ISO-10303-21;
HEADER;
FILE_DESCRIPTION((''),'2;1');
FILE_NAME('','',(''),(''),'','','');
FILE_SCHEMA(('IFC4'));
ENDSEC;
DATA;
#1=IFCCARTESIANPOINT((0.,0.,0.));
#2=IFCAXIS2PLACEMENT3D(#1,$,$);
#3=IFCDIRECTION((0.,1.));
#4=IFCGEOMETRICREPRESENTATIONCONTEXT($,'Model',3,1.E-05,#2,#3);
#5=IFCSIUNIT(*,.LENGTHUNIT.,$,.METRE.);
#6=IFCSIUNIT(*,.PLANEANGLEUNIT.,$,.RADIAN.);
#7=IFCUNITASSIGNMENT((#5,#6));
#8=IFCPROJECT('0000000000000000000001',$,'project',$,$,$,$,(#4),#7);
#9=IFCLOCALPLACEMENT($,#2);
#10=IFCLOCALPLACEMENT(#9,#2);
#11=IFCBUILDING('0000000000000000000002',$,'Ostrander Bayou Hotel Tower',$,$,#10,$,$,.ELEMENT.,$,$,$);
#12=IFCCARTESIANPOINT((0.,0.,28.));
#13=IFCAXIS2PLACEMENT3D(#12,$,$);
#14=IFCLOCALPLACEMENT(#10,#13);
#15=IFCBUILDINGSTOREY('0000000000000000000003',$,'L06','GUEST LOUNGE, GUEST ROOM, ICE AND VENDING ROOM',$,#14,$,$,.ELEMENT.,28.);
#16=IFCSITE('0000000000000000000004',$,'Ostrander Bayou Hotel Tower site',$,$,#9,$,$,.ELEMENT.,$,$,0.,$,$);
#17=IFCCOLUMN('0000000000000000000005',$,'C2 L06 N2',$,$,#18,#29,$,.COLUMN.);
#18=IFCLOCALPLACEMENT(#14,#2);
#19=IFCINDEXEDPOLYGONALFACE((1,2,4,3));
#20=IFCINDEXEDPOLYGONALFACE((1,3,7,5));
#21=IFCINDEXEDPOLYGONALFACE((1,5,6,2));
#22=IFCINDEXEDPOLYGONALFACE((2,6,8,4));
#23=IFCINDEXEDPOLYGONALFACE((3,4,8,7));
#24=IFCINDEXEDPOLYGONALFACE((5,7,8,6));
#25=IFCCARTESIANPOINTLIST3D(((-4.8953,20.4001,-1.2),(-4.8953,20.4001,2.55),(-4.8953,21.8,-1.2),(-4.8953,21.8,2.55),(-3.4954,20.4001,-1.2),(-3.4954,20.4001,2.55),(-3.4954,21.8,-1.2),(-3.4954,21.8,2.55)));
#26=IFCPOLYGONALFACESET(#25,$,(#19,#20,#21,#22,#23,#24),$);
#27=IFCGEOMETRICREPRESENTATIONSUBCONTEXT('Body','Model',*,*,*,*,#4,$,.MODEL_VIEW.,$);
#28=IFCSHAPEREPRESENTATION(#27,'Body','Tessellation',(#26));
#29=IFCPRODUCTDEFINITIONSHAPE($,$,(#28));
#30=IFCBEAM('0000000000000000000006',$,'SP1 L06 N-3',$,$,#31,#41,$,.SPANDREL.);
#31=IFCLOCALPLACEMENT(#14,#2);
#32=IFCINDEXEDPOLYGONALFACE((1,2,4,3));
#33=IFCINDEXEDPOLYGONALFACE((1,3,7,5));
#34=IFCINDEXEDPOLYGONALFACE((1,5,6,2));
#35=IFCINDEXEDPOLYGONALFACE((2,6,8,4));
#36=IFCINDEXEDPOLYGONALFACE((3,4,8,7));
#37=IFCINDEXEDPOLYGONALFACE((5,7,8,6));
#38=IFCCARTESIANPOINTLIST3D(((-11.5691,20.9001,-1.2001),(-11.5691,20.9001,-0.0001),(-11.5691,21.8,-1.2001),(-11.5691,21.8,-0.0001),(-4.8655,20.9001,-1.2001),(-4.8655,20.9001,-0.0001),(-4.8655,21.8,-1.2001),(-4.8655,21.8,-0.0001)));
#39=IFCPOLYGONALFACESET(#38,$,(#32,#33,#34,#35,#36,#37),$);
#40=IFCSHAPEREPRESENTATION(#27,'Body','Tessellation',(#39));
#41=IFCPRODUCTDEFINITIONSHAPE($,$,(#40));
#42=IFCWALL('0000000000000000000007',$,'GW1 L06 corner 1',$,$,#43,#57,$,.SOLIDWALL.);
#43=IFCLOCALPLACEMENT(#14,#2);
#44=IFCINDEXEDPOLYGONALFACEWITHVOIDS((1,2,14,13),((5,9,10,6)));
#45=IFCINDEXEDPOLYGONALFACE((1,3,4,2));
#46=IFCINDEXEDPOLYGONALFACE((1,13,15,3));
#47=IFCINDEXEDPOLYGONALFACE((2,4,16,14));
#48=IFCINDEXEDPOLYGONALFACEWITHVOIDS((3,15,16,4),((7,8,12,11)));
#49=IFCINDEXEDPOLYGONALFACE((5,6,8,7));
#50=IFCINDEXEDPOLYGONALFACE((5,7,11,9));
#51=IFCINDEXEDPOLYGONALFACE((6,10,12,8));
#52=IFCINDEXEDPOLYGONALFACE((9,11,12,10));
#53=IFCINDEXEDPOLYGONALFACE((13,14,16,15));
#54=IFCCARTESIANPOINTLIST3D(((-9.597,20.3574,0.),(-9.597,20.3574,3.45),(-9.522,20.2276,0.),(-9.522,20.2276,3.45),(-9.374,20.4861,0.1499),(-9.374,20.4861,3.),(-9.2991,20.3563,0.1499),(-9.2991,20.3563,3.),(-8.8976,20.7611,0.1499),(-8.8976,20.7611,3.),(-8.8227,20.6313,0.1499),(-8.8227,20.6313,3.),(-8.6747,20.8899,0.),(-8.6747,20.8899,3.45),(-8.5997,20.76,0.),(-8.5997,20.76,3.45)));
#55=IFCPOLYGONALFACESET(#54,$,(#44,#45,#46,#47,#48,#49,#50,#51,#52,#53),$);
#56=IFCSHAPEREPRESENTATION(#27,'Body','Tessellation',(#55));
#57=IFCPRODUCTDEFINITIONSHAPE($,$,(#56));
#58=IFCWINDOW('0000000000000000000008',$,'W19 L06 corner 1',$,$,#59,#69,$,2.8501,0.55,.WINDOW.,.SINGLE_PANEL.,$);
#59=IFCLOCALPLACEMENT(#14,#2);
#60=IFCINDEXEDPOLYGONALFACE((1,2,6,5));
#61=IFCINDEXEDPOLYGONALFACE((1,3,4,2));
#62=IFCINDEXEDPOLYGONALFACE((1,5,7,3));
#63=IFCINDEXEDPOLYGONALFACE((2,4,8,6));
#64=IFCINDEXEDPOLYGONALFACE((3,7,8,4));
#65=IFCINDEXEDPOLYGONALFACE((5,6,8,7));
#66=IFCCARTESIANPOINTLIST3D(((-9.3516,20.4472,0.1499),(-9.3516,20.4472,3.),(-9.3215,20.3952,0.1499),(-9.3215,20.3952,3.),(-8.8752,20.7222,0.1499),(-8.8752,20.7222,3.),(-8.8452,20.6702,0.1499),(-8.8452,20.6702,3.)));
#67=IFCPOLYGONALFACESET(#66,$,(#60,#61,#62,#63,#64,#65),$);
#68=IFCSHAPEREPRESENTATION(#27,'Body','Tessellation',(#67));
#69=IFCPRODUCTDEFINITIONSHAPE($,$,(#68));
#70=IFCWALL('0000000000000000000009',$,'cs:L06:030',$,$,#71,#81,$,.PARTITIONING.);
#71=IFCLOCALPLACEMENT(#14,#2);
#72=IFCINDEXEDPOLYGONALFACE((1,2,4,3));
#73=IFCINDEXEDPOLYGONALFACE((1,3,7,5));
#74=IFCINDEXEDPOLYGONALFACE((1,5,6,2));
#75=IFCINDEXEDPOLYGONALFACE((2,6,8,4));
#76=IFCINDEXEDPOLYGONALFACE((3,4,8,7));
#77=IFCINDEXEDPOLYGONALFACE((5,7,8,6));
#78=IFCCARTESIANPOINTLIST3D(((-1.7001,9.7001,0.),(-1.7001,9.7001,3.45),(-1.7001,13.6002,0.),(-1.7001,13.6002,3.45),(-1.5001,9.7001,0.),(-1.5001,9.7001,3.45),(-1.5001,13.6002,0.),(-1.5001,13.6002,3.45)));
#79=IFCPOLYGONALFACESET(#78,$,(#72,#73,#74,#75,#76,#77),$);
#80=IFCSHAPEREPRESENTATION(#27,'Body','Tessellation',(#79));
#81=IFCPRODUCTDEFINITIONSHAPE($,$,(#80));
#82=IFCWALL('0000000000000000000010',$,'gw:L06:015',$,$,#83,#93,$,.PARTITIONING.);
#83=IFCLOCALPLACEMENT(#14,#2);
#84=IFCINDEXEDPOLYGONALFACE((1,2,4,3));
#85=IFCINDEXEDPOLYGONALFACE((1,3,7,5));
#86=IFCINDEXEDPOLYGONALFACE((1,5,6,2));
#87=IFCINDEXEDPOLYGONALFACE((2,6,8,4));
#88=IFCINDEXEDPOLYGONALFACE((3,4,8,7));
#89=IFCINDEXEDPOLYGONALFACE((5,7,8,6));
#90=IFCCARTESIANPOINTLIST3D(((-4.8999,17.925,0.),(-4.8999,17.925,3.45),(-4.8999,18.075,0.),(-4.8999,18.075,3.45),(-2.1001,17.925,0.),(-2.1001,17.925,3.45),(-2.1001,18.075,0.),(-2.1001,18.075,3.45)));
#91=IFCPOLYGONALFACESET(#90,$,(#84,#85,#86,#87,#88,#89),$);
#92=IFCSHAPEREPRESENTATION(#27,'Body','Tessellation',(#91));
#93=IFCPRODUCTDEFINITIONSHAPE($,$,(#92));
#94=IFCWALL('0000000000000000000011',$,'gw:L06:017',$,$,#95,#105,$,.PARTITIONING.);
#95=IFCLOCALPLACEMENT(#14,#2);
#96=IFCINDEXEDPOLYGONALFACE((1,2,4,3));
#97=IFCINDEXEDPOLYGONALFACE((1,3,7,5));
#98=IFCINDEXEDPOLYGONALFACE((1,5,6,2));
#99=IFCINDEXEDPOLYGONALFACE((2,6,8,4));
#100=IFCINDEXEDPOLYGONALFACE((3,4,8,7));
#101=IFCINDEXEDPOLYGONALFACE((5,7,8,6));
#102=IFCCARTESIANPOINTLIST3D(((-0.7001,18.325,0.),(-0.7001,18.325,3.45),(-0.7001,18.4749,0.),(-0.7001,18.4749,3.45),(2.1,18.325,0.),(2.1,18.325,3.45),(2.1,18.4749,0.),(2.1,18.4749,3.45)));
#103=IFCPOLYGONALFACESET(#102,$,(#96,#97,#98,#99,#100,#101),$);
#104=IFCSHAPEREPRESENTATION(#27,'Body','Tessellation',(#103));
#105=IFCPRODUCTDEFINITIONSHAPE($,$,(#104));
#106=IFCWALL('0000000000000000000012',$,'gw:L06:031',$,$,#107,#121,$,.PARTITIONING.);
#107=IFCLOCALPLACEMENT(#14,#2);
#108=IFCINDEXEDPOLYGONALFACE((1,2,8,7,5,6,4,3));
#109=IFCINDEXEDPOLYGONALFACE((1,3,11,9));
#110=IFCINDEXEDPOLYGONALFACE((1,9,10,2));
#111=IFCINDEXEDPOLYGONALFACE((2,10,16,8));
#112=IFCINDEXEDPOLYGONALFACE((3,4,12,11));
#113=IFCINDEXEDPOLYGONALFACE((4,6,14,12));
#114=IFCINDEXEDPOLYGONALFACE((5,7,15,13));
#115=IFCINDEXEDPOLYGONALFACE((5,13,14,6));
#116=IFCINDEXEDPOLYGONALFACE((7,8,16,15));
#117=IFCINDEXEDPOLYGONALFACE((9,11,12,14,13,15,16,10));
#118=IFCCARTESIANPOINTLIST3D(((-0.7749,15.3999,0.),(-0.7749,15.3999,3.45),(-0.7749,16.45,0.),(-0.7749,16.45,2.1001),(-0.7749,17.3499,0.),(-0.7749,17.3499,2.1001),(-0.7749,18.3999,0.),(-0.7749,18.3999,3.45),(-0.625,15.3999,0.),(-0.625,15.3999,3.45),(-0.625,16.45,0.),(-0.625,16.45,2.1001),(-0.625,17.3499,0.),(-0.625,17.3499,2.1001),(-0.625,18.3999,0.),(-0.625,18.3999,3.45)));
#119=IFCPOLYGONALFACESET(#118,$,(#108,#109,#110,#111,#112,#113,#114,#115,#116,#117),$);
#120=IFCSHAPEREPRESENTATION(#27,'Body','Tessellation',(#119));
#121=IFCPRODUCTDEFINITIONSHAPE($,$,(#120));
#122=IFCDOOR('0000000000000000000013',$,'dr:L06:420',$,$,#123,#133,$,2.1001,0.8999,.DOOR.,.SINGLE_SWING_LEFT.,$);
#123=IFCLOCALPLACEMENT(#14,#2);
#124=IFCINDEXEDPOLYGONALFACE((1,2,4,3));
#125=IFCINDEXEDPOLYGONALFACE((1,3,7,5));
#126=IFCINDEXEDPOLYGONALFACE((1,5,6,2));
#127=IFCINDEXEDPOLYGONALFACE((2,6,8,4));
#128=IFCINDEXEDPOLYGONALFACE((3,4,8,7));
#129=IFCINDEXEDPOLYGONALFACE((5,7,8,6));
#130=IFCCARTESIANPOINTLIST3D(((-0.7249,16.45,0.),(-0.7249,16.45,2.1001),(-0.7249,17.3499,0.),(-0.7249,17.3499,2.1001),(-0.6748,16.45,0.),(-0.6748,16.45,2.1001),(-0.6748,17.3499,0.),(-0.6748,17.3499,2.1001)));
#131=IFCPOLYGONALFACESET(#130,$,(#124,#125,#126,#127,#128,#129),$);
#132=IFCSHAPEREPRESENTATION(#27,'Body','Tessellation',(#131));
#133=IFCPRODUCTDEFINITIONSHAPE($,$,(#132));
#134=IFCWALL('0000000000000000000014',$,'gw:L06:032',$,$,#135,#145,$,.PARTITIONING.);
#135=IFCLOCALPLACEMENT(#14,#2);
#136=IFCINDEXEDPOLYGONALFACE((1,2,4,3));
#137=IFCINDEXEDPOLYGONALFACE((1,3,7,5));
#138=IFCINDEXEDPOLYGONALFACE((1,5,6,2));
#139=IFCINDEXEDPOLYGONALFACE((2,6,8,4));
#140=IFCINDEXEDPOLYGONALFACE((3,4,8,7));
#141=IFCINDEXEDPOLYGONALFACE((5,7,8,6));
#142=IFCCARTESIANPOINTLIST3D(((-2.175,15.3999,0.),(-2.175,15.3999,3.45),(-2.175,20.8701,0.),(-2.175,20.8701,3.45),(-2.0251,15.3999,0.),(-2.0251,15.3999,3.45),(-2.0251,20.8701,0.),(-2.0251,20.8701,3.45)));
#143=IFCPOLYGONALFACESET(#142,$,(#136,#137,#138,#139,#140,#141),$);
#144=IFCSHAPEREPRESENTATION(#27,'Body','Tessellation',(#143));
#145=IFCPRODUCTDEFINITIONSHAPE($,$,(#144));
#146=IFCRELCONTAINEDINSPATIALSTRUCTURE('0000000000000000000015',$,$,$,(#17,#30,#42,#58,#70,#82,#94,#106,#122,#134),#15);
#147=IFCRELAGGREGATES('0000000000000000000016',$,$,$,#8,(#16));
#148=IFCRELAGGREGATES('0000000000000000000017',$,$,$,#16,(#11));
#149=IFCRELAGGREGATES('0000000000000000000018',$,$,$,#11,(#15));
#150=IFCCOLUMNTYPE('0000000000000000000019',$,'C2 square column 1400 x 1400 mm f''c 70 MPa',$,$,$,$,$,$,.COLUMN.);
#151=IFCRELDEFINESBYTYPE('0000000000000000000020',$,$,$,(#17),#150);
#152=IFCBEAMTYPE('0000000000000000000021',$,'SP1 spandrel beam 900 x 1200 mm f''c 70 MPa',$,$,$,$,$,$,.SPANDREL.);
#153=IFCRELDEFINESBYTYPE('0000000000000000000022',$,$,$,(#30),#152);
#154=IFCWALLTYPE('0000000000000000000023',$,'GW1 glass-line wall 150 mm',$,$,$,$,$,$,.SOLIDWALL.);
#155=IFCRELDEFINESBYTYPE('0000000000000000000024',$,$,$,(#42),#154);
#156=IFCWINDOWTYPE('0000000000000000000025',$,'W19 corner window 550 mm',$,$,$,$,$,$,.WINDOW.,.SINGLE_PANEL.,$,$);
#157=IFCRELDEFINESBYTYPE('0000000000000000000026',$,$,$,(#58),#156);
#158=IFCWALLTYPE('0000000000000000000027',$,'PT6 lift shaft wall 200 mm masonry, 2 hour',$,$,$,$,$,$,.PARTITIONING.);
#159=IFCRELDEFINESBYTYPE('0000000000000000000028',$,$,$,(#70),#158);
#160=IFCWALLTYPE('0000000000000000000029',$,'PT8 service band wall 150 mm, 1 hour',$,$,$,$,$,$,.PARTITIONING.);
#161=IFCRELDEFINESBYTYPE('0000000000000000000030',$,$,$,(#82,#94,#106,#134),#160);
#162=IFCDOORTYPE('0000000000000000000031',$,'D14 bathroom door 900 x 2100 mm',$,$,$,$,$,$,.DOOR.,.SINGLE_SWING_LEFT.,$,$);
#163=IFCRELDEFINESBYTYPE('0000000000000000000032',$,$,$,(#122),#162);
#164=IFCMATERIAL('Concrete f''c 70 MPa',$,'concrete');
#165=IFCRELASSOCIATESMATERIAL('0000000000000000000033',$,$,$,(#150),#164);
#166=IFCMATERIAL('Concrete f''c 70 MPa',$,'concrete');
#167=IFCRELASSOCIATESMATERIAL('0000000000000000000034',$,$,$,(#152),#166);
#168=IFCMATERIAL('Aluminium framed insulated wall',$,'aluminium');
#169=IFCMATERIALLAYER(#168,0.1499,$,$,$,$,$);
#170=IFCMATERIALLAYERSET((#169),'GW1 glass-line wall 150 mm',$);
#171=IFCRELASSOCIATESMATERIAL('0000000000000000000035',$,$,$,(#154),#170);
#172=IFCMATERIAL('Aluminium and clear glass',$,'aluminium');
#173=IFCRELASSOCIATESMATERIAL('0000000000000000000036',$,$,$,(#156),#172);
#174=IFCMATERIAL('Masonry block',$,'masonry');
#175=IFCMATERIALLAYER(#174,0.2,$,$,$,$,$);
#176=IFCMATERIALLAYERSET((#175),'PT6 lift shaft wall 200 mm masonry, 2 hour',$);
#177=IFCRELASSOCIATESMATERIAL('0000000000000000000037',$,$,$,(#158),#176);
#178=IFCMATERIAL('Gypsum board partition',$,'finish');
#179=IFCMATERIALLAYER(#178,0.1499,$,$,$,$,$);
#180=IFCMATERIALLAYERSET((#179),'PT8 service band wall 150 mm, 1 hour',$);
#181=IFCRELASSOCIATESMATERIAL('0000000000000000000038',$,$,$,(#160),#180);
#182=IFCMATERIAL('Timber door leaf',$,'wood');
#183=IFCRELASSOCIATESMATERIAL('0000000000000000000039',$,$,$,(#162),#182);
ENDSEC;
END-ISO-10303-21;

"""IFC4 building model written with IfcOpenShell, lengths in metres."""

from ifc_helpers import new_model, si_unit, direction, frame, frame_2d, origin, origin_2d, place, context, subcontext, project, spatial, rectangle, extrude, material, layer, layer_set, material_profile, profile_set, type_object, element, fill, save


model = new_model("IFC4")

# Units and contexts
model_context = context("Model", 3, precision=1e-05, world=origin(), true_north=direction((0.0, 1.0)))
body_context = subcontext(model_context, "Body", "Model", "MODEL_VIEW")
ifc_project = project(units=[si_unit("LENGTHUNIT", "METRE"), si_unit("PLANEANGLEUNIT", "RADIAN")], contexts=[model_context])

# Site, building, storey
site_placement = place(None, origin())
site = spatial("IfcSite", under=ifc_project, at=site_placement, Name="Ostrander Bayou Hotel Tower site", CompositionType="ELEMENT", RefElevation=0.0)
building_placement = place(site_placement, origin())
building = spatial("IfcBuilding", under=site, at=building_placement, Name="Ostrander Bayou Hotel Tower", CompositionType="ELEMENT")
storey_placement = place(building_placement, frame((0.0, 0.0, 28.0)))
storey = spatial("IfcBuildingStorey", under=building, at=storey_placement, Name="L06", Description="GUEST LOUNGE, GUEST ROOM, ICE AND VENDING ROOM", CompositionType="ELEMENT", Elevation=28.0)

# Column
ifc_material_1 = material(Name="Concrete f'c 70 MPa", Category="concrete")
ifc_material_profile_1 = material_profile(ifc_material_1, rectangle(XDim=1.3999, YDim=1.3999, at=origin_2d()))
ifc_profile_set_1 = profile_set([ifc_material_profile_1], Name="Concrete f'c 70 MPa")
column_type = type_object("IfcColumnType", Name="C2 square column 1400 x 1400 mm f'c 70 MPa", PredefinedType="COLUMN", material=ifc_profile_set_1)
column_placement = place(storey_placement, frame((-4.1953, 21.1001, -1.2), z_axis=(0.0, 0.0, 1.0), x_axis=(1.0, 0.0, 0.0)))
element("IfcColumn", 1, at=column_placement, inside=storey, type_object=column_type, Name="C2 L06 N2", PredefinedType="COLUMN", context=body_context, shape_type="SweptSolid", body=[
    extrude(rectangle(XDim=1.3999, YDim=1.3999, at=origin_2d()), origin(), (0.0, 0.0, 1.0), 3.75),
])

# Beam
ifc_material_2 = material(Name="Concrete f'c 70 MPa", Category="concrete")
ifc_material_profile_2 = material_profile(ifc_material_2, rectangle(XDim=0.8999, YDim=1.2, at=origin_2d()))
ifc_profile_set_2 = profile_set([ifc_material_profile_2], Name="Concrete f'c 70 MPa")
beam_type = type_object("IfcBeamType", Name="SP1 spandrel beam 900 x 1200 mm f'c 70 MPa", PredefinedType="SPANDREL", material=ifc_profile_set_2)
beam_placement = place(storey_placement, frame((-4.8655, 21.3501, -0.6001), z_axis=(-1.0, 0.0, 0.0), x_axis=(0.0, -1.0, 0.0)))
element("IfcBeam", 2, at=beam_placement, inside=storey, type_object=beam_type, Name="SP1 L06 N-3", PredefinedType="SPANDREL", context=body_context, shape_type="SweptSolid", body=[
    extrude(rectangle(XDim=0.8999, YDim=1.2, at=origin_2d()), origin(), (0.0, 0.0, 1.0), 6.7036),
])

# Wall, opening, window
ifc_material_3 = material(Name="Aluminium framed insulated wall", Category="aluminium")
ifc_layer_1 = layer(ifc_material_3, 0.1499)
ifc_layer_set_1 = layer_set([ifc_layer_1], Name="GW1 glass-line wall 150 mm")
wall_type_1 = type_object("IfcWallType", Name="GW1 glass-line wall 150 mm", PredefinedType="SOLIDWALL", material=ifc_layer_set_1)
wall_1_placement = place(storey_placement, frame((-8.6372, 20.825, 0.0), z_axis=(0.0, 0.0, 1.0), x_axis=(-0.866048, -0.499961, 0.0)))
wall_1 = element("IfcWall", 3, at=wall_1_placement, inside=storey, type_object=wall_type_1, Name="GW1 L06 corner 1", PredefinedType="SOLIDWALL", context=body_context, shape_type="SweptSolid", body=[
    extrude(rectangle(XDim=1.0649, YDim=0.1499, at=frame_2d((0.5325, 0.0))), origin(), (0.0, 0.0, 1.0), 3.45),
])
opening_1_placement = place(wall_1_placement, frame((0.2576, 0.0, 0.1499)))
opening_1 = element("IfcOpeningElement", 4, at=opening_1_placement, cuts=wall_1, PredefinedType="OPENING", context=body_context, shape_type="SweptSolid", body=[
    extrude(rectangle(XDim=0.55, YDim=2.8501, at=frame_2d((0.2749, 1.425))), frame((0.0, 0.075, 0.0), z_axis=(0.0, -1.0, 0.0), x_axis=(1.0, 0.0, 0.0)), (0.0, 0.0, 1.0), 0.1499),
])
ifc_material_4 = material(Name="Aluminium and clear glass", Category="aluminium")
window_type_1 = type_object("IfcWindowType", Name="W19 corner window 550 mm", PartitioningType="SINGLE_PANEL", PredefinedType="WINDOW", material=ifc_material_4)
window_1_placement = place(opening_1_placement, origin())
window_1 = element("IfcWindow", 5, at=window_1_placement, inside=storey, type_object=window_type_1, Name="W19 L06 corner 1", OverallHeight=2.8501, OverallWidth=0.55, PartitioningType="SINGLE_PANEL", PredefinedType="WINDOW", context=body_context, shape_type="SweptSolid", body=[
    extrude(rectangle(XDim=0.55, YDim=2.8501, at=frame_2d((0.2749, 1.425))), frame((0.0, 0.03, 0.0), z_axis=(0.0, -1.0, 0.0), x_axis=(1.0, 0.0, 0.0)), (0.0, 0.0, 1.0), 0.0601),
])
fill(opening_1, window_1)

# Walls
ifc_material_5 = material(Name="Masonry block", Category="masonry")
ifc_layer_2 = layer(ifc_material_5, 0.2)
ifc_layer_set_2 = layer_set([ifc_layer_2], Name="PT6 lift shaft wall 200 mm masonry, 2 hour")
wall_type_2 = type_object("IfcWallType", Name="PT6 lift shaft wall 200 mm masonry, 2 hour", PredefinedType="PARTITIONING", material=ifc_layer_set_2)
wall_2_placement = place(storey_placement, frame((-1.6001, 9.7, 0.0), z_axis=(0.0, 0.0, 1.0), x_axis=(0.0, 1.0, 0.0)))
element("IfcWall", 6, at=wall_2_placement, inside=storey, type_object=wall_type_2, Name="cs:L06:030", PredefinedType="PARTITIONING", context=body_context, shape_type="SweptSolid", body=[
    extrude(rectangle(XDim=3.9001, YDim=0.2, at=frame_2d((1.9502, 0.0))), origin(), (0.0, 0.0, 1.0), 3.45),
])
ifc_material_6 = material(Name="Gypsum board partition", Category="finish")
ifc_layer_3 = layer(ifc_material_6, 0.1499)
ifc_layer_set_3 = layer_set([ifc_layer_3], Name="PT8 service band wall 150 mm, 1 hour")
wall_type_3 = type_object("IfcWallType", Name="PT8 service band wall 150 mm, 1 hour", PredefinedType="PARTITIONING", material=ifc_layer_set_3)
wall_3_placement = place(storey_placement, frame((-4.8999, 18.0, 0.0), z_axis=(0.0, 0.0, 1.0), x_axis=(1.0, 0.0, 0.0)))
element("IfcWall", 7, at=wall_3_placement, inside=storey, type_object=wall_type_3, Name="gw:L06:015", PredefinedType="PARTITIONING", context=body_context, shape_type="SweptSolid", body=[
    extrude(rectangle(XDim=2.7998, YDim=0.1499, at=frame_2d((1.3999, 0.0))), origin(), (0.0, 0.0, 1.0), 3.45),
])
wall_4_placement = place(storey_placement, frame((-0.7, 18.3999, 0.0), z_axis=(0.0, 0.0, 1.0), x_axis=(1.0, 0.0, 0.0)))
element("IfcWall", 8, at=wall_4_placement, inside=storey, type_object=wall_type_3, Name="gw:L06:017", PredefinedType="PARTITIONING", context=body_context, shape_type="SweptSolid", body=[
    extrude(rectangle(XDim=2.8, YDim=0.1499, at=frame_2d((1.3999, 0.0))), origin(), (0.0, 0.0, 1.0), 3.45),
])

# Wall, opening, door
wall_5_placement = place(storey_placement, frame((-0.7, 15.3999, 0.0), z_axis=(0.0, 0.0, 1.0), x_axis=(0.0, 1.0, 0.0)))
wall_5 = element("IfcWall", 9, at=wall_5_placement, inside=storey, type_object=wall_type_3, Name="gw:L06:031", PredefinedType="PARTITIONING", context=body_context, shape_type="SweptSolid", body=[
    extrude(rectangle(XDim=3.0, YDim=0.1499, at=frame_2d((1.5, 0.0))), origin(), (0.0, 0.0, 1.0), 3.45),
])
opening_2_placement = place(wall_5_placement, frame((1.05, 0.0, 0.0)))
opening_2 = element("IfcOpeningElement", 10, at=opening_2_placement, cuts=wall_5, PredefinedType="OPENING", context=body_context, shape_type="SweptSolid", body=[
    extrude(rectangle(XDim=0.8999, YDim=2.1001, at=frame_2d((0.45, 1.05))), frame((0.0, 0.075, 0.0), z_axis=(0.0, -1.0, 0.0), x_axis=(1.0, 0.0, 0.0)), (0.0, 0.0, 1.0), 0.1499),
])
ifc_material_7 = material(Name="Timber door leaf", Category="wood")
door_type_1 = type_object("IfcDoorType", Name="D14 bathroom door 900 x 2100 mm", OperationType="SINGLE_SWING_LEFT", PredefinedType="DOOR", material=ifc_material_7)
door_1_placement = place(opening_2_placement, origin())
door_1 = element("IfcDoor", 11, at=door_1_placement, inside=storey, type_object=door_type_1, Name="dr:L06:420", OperationType="SINGLE_SWING_LEFT", OverallHeight=2.1001, OverallWidth=0.8999, PredefinedType="DOOR", context=body_context, shape_type="SweptSolid", body=[
    extrude(rectangle(XDim=0.8999, YDim=2.1001, at=frame_2d((0.45, 1.05))), frame((0.0, 0.0249, 0.0), z_axis=(0.0, -1.0, 0.0), x_axis=(1.0, 0.0, 0.0)), (0.0, 0.0, 1.0), 0.05),
])
fill(opening_2, door_1)

# Wall
wall_6_placement = place(storey_placement, frame((-2.1001, 15.3999, 0.0), z_axis=(0.0, 0.0, 1.0), x_axis=(0.0, 1.0, 0.0)))
element("IfcWall", 12, at=wall_6_placement, inside=storey, type_object=wall_type_3, Name="gw:L06:032", PredefinedType="PARTITIONING", context=body_context, shape_type="SweptSolid", body=[
    extrude(rectangle(XDim=5.4702, YDim=0.1499, at=frame_2d((2.7351, 0.0))), origin(), (0.0, 0.0, 1.0), 3.45),
])

save(model, "model.ifc")
